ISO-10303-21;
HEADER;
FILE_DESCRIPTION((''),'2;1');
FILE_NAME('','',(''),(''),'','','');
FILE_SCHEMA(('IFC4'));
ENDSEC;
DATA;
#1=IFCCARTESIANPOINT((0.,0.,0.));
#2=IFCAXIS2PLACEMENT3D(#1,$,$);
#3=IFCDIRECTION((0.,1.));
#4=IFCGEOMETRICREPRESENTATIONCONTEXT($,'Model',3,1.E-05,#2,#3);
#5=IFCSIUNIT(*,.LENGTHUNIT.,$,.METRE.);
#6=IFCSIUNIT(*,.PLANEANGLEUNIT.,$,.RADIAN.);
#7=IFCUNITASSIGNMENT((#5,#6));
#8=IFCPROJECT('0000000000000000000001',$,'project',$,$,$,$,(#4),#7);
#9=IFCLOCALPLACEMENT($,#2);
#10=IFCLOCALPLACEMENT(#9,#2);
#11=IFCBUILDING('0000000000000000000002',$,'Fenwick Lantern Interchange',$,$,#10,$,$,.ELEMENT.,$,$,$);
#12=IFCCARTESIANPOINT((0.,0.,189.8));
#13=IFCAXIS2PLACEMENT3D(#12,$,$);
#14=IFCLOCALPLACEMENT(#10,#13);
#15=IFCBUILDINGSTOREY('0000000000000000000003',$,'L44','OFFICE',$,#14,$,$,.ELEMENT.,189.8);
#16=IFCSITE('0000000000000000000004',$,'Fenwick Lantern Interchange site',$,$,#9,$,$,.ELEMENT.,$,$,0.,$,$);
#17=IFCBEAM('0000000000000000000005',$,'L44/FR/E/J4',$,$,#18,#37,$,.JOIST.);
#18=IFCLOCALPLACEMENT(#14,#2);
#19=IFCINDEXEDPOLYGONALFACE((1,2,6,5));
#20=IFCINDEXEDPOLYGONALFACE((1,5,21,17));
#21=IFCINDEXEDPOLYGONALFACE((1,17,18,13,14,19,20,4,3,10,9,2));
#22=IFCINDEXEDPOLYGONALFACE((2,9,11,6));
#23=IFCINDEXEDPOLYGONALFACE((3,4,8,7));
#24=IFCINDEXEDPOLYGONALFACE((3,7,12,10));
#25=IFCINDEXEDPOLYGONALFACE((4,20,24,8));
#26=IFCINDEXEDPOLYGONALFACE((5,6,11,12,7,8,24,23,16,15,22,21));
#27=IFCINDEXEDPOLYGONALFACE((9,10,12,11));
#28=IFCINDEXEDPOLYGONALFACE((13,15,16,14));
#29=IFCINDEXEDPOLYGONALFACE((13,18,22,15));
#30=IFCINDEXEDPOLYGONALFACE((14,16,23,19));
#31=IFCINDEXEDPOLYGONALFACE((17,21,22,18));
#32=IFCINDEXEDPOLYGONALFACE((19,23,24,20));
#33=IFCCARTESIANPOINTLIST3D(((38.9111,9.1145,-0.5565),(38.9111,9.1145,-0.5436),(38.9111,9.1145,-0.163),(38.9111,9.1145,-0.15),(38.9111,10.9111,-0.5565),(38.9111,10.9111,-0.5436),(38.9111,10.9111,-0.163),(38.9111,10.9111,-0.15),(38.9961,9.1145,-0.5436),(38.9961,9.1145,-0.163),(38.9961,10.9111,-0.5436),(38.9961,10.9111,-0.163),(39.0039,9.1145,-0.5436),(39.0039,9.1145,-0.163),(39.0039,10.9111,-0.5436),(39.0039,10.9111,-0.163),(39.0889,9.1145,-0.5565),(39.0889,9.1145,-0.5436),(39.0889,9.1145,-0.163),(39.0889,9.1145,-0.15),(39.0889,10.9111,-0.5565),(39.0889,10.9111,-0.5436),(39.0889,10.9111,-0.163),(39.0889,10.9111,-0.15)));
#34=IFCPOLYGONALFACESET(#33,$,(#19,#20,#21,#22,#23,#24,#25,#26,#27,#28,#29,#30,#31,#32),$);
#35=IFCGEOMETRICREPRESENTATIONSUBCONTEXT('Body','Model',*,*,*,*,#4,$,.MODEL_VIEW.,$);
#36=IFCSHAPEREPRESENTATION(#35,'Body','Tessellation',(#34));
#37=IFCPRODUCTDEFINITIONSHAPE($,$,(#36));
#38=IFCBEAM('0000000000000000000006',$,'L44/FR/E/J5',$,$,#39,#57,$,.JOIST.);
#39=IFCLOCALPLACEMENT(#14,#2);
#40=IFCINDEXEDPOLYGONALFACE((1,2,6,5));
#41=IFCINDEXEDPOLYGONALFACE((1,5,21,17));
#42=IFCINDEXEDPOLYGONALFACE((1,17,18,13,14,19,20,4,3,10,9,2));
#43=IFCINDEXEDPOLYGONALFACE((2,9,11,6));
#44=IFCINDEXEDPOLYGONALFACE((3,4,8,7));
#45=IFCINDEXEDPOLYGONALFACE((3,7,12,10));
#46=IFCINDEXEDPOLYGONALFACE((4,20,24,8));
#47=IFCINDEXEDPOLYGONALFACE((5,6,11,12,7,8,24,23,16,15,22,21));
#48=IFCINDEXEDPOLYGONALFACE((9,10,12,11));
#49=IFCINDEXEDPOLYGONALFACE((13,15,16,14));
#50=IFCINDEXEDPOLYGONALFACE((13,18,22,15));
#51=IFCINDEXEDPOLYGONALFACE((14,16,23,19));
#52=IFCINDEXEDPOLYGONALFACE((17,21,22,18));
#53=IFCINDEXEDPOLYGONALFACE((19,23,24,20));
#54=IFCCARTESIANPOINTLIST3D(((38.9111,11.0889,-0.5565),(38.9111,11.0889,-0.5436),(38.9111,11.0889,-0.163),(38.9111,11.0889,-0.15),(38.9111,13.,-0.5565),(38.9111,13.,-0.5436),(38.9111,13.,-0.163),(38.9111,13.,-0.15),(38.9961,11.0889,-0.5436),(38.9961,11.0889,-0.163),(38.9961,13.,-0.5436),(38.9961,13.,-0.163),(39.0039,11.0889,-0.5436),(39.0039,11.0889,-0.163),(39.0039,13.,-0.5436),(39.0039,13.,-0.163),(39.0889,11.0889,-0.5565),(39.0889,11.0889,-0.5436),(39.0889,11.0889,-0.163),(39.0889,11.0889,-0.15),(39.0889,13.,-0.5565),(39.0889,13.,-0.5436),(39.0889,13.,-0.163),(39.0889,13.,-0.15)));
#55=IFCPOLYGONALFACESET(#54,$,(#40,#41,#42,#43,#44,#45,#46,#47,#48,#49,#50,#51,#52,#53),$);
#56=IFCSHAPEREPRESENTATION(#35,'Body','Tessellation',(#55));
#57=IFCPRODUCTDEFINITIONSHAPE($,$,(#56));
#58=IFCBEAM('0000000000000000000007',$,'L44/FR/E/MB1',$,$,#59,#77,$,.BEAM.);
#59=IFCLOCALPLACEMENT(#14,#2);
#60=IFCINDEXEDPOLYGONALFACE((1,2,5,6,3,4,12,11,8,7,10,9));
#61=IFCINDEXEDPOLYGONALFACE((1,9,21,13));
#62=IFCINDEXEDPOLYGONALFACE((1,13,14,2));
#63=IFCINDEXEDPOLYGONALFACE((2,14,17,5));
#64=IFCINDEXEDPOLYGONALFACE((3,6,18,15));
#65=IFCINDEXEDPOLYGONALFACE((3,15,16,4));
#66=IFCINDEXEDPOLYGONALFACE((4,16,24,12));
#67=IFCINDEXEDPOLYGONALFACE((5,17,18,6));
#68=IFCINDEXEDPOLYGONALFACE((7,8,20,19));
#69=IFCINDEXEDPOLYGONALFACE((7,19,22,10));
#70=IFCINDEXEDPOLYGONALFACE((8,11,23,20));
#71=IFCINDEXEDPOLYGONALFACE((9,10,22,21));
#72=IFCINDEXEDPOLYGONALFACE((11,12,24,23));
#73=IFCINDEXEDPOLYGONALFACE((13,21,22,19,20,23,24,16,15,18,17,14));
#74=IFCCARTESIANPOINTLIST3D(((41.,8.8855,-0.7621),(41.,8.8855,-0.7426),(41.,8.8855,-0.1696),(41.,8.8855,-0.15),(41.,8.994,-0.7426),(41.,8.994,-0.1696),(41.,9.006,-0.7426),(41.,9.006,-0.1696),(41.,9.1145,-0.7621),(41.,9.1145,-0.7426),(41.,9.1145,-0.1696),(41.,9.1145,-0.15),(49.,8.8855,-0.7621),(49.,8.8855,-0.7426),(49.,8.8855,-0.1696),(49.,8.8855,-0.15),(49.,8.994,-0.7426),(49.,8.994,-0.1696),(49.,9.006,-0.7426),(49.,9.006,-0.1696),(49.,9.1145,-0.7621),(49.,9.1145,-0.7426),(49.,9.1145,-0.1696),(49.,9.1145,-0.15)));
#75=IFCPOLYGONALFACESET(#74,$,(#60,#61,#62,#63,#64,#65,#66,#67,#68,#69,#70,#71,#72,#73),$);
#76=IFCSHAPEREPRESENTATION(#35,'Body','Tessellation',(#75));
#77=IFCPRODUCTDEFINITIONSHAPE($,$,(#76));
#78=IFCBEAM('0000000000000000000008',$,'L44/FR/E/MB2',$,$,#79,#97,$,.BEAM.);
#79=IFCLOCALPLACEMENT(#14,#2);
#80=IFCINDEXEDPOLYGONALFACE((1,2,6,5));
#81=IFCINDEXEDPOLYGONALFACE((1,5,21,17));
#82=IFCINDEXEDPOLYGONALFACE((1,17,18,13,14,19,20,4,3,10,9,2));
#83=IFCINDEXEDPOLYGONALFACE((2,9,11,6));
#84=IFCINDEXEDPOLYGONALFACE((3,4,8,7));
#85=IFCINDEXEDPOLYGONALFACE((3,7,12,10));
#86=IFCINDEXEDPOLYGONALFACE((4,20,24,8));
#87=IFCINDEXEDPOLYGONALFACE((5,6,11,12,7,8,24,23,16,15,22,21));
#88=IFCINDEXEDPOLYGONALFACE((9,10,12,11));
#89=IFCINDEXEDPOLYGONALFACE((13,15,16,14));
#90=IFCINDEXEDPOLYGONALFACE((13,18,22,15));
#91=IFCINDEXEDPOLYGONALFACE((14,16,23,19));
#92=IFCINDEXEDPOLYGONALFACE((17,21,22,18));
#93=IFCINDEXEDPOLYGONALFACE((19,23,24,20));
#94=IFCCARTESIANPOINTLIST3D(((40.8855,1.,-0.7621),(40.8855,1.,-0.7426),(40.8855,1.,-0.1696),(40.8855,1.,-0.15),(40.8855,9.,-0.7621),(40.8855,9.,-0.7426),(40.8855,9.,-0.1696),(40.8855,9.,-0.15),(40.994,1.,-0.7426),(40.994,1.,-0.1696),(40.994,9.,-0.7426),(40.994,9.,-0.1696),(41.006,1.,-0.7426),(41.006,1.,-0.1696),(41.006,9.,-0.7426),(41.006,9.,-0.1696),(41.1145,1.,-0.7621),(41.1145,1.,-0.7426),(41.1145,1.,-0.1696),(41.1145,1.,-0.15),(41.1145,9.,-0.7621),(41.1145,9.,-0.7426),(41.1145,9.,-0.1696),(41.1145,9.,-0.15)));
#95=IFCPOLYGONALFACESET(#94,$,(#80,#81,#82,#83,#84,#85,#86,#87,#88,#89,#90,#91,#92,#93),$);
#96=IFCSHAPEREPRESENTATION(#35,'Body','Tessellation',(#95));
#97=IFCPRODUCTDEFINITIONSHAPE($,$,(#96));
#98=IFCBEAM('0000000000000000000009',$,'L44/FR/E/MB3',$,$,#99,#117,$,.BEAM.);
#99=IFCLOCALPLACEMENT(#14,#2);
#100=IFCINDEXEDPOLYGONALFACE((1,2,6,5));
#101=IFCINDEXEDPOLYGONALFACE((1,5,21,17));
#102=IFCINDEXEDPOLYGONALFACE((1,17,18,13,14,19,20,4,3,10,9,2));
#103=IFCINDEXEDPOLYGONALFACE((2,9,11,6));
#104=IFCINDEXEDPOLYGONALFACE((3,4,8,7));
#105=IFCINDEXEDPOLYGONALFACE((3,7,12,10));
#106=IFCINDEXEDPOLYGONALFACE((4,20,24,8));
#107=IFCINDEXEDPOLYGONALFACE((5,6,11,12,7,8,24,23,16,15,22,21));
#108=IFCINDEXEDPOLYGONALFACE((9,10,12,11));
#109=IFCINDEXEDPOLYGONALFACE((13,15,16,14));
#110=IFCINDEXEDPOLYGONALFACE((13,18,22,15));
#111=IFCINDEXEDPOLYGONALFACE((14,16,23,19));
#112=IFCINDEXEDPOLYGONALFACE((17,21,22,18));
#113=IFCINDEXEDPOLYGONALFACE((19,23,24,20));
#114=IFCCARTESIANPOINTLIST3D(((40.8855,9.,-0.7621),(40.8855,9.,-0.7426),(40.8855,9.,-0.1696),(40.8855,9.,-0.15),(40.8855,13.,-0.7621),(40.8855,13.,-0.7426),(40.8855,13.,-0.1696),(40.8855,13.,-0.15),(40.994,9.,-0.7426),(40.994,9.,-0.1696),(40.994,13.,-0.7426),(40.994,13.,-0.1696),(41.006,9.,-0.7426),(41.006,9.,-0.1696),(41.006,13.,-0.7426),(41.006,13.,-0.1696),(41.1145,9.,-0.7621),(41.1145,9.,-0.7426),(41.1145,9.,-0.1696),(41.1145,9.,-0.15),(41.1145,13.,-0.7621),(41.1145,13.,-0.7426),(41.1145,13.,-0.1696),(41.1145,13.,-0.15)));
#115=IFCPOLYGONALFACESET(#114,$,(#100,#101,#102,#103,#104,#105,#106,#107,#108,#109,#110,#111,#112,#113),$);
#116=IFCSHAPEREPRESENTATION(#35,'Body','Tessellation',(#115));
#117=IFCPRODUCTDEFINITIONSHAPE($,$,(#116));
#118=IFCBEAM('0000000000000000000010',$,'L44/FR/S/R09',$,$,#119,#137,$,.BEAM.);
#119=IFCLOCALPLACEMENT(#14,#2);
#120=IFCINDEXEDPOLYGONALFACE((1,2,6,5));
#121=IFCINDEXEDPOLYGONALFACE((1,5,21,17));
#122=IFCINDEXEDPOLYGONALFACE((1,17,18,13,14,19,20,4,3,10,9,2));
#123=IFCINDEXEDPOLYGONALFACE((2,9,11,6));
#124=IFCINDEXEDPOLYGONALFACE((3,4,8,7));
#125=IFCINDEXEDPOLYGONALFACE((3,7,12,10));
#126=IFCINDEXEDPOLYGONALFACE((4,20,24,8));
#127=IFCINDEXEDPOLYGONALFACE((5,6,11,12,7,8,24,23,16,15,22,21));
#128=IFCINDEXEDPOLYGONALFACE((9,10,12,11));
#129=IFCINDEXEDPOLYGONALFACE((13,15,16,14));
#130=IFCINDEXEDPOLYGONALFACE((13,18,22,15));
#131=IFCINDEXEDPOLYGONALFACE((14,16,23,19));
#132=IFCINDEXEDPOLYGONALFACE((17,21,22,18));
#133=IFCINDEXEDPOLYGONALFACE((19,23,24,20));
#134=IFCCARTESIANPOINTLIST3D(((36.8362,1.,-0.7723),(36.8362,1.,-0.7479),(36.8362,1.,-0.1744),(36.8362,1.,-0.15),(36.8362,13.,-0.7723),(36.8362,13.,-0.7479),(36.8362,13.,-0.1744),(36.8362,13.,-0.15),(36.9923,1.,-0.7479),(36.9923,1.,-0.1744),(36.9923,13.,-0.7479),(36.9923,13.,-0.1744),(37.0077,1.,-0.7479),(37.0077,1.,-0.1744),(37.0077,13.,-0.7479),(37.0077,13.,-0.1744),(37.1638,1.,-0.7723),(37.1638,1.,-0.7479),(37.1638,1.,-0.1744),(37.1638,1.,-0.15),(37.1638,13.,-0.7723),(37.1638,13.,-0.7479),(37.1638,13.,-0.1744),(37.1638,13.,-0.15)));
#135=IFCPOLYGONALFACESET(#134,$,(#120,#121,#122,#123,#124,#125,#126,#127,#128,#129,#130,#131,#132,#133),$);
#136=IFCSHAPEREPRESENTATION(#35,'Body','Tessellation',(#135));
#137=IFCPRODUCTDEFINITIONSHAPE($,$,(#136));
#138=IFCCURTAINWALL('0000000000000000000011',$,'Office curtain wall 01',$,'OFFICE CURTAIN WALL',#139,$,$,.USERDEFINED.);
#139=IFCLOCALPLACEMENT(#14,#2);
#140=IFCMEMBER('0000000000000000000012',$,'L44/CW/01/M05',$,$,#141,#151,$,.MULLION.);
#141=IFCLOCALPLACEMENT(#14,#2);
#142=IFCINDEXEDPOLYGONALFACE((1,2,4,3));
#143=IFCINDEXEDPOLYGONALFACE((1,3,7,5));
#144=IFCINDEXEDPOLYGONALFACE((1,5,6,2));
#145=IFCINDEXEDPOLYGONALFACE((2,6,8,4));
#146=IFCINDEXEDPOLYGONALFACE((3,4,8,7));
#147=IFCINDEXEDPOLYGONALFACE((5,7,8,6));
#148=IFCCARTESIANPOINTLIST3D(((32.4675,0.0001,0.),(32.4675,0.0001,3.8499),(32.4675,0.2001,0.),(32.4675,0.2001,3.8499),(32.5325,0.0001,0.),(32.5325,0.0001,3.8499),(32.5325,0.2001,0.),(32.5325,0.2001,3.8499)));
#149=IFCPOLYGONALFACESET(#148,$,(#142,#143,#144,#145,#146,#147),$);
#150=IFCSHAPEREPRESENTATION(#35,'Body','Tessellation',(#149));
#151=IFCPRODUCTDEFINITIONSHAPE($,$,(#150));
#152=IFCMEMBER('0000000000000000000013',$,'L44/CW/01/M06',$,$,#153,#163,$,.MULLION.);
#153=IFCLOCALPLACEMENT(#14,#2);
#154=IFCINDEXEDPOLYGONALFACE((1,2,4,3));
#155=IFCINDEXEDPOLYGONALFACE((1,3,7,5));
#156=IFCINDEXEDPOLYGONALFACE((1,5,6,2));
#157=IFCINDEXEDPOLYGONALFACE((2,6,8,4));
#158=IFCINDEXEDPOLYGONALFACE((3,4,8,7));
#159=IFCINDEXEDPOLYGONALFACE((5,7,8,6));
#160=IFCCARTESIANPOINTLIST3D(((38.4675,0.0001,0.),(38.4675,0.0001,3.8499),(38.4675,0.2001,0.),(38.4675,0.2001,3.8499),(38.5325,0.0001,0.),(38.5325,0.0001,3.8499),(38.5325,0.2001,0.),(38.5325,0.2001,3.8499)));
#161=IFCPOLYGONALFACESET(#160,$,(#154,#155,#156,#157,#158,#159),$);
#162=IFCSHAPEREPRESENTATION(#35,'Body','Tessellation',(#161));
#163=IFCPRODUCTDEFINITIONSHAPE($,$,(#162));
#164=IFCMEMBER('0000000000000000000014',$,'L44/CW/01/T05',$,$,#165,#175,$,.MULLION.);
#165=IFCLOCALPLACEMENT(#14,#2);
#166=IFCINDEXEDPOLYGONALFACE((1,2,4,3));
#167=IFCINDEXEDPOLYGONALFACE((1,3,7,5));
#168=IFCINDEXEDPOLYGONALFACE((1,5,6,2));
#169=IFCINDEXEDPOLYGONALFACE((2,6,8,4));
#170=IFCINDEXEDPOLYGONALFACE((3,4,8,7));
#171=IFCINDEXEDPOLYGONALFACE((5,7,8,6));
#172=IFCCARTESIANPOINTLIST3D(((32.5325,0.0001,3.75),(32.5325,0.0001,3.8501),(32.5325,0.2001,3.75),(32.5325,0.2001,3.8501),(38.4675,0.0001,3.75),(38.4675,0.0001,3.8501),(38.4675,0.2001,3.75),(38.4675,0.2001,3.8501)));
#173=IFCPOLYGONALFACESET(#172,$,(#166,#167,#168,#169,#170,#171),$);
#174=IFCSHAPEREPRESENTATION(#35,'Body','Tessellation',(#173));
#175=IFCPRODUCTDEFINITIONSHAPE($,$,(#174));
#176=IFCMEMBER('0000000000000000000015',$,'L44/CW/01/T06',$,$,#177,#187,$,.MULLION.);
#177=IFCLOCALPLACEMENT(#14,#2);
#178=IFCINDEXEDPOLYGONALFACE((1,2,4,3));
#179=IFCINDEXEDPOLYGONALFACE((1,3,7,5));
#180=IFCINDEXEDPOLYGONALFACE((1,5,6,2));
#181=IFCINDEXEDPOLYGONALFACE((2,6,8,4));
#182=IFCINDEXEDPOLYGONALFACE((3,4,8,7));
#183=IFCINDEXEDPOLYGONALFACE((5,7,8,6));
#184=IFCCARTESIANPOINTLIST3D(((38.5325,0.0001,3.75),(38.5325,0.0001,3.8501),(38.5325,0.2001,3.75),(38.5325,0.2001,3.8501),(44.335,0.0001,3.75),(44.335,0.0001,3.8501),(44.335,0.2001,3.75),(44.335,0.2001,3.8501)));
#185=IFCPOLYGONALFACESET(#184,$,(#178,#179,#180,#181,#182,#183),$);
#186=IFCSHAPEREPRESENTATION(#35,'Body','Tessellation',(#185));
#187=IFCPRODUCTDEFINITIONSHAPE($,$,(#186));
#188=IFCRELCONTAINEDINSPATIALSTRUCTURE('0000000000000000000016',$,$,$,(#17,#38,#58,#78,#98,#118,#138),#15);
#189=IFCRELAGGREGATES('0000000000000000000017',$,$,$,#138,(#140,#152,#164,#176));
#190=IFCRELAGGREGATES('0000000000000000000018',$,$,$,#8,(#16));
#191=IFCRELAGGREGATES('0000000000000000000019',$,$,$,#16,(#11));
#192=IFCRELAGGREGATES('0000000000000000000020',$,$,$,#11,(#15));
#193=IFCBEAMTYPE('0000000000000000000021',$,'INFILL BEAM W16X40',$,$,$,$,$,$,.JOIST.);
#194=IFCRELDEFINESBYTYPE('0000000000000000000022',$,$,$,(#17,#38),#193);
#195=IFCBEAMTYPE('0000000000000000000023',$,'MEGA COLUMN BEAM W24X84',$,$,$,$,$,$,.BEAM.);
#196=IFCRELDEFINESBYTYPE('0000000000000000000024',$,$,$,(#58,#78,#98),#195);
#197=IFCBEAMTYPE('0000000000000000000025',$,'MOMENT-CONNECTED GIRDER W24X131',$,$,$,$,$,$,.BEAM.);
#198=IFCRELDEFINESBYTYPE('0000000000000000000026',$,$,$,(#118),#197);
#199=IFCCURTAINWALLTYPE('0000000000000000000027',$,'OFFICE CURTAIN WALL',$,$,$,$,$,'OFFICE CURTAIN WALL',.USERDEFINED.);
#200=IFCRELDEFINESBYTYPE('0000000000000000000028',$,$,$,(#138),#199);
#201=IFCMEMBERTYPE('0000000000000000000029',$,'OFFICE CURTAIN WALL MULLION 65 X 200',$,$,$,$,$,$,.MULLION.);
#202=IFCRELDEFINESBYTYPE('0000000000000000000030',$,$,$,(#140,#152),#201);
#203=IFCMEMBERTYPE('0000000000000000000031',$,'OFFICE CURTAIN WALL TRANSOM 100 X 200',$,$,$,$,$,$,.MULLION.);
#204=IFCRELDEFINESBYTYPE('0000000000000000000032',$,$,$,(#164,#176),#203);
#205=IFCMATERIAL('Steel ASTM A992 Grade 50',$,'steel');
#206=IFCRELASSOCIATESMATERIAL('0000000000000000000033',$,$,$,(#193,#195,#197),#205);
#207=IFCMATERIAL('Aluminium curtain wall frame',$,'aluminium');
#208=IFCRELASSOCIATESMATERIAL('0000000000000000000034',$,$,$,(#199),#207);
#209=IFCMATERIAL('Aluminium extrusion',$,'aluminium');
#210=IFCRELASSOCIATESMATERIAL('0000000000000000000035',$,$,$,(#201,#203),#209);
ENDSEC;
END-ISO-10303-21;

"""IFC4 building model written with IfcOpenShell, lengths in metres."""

from ifc_helpers import new_model, si_unit, direction, frame, origin, origin_2d, place, context, subcontext, project, spatial, rectangle, i_section, extrude, material, material_profile, profile_set, type_object, element, aggregate, save


model = new_model("IFC4")

# Units and contexts
model_context = context("Model", 3, precision=1e-05, world=origin(), true_north=direction((0.0, 1.0)))
body_context = subcontext(model_context, "Body", "Model", "MODEL_VIEW")
ifc_project = project(units=[si_unit("LENGTHUNIT", "METRE"), si_unit("PLANEANGLEUNIT", "RADIAN")], contexts=[model_context])

# Site, building, storey
site_placement = place(None, origin())
site = spatial("IfcSite", under=ifc_project, at=site_placement, Name="Fenwick Lantern Interchange site", CompositionType="ELEMENT", RefElevation=0.0)
building_placement = place(site_placement, origin())
building = spatial("IfcBuilding", under=site, at=building_placement, Name="Fenwick Lantern Interchange", CompositionType="ELEMENT")
storey_placement = place(building_placement, frame((0.0, 0.0, 189.8)))
storey = spatial("IfcBuildingStorey", under=building, at=storey_placement, Name="L44", Description="OFFICE", CompositionType="ELEMENT", Elevation=189.8)

# Beams
ifc_material_1 = material(Name="Steel ASTM A992 Grade 50", Category="steel")
ifc_material_profile_1 = material_profile(ifc_material_1, i_section(OverallWidth=0.1777, OverallDepth=0.4065, WebThickness=0.0078, FlangeThickness=0.0129, at=origin_2d()), Name="W16X40")
ifc_profile_set_1 = profile_set([ifc_material_profile_1], Name="Steel ASTM A992 Grade 50")
beam_type_1 = type_object("IfcBeamType", Name="INFILL BEAM W16X40", PredefinedType="JOIST", material=ifc_profile_set_1)
beam_1_placement = place(storey_placement, frame((39.0, 9.1145, -0.3533), z_axis=(0.0, 1.0, 0.0), x_axis=(-1.0, 0.0, 0.0)))
element("IfcBeam", 1, at=beam_1_placement, inside=storey, type_object=beam_type_1, Name="L44/FR/E/J4", PredefinedType="JOIST", context=body_context, shape_type="SweptSolid", body=[
    extrude(i_section(OverallWidth=0.1777, OverallDepth=0.4065, WebThickness=0.0078, FlangeThickness=0.0129, at=origin_2d()), origin(), (0.0, 0.0, 1.0), 1.7966),
])
beam_2_placement = place(storey_placement, frame((39.0, 11.0889, -0.3533), z_axis=(0.0, 1.0, 0.0), x_axis=(-1.0, 0.0, 0.0)))
element("IfcBeam", 2, at=beam_2_placement, inside=storey, type_object=beam_type_1, Name="L44/FR/E/J5", PredefinedType="JOIST", context=body_context, shape_type="SweptSolid", body=[
    extrude(i_section(OverallWidth=0.1777, OverallDepth=0.4065, WebThickness=0.0078, FlangeThickness=0.0129, at=origin_2d()), origin(), (0.0, 0.0, 1.0), 1.9111),
])
ifc_material_profile_2 = material_profile(ifc_material_1, i_section(OverallWidth=0.229, OverallDepth=0.6121, WebThickness=0.012, FlangeThickness=0.0195, at=origin_2d()), Name="W24X84")
ifc_profile_set_2 = profile_set([ifc_material_profile_2], Name="Steel ASTM A992 Grade 50")
beam_type_2 = type_object("IfcBeamType", Name="MEGA COLUMN BEAM W24X84", PredefinedType="BEAM", material=ifc_profile_set_2)
for number, where, z_axis, x_axis, name in (
    (3, (41.0, 9.0, -0.4561), (1.0, 0.0, 0.0), (0.0, 1.0, 0.0), "L44/FR/E/MB1"),
    (4, (41.0, 9.0, -0.4561), (0.0, -1.0, 0.0), (1.0, 0.0, 0.0), "L44/FR/E/MB2"),
):
    element("IfcBeam", number, at=place(storey_placement, frame(where, z_axis=z_axis, x_axis=x_axis)), inside=storey, type_object=beam_type_2, Name=name, PredefinedType="BEAM", context=body_context, shape_type="SweptSolid", body=[
        extrude(i_section(OverallWidth=0.229, OverallDepth=0.6121, WebThickness=0.012, FlangeThickness=0.0195, at=origin_2d()), origin(), (0.0, 0.0, 1.0), 8.0),
    ])
beam_3_placement = place(storey_placement, frame((41.0, 9.0, -0.4561), z_axis=(0.0, 1.0, 0.0), x_axis=(-1.0, 0.0, 0.0)))
element("IfcBeam", 5, at=beam_3_placement, inside=storey, type_object=beam_type_2, Name="L44/FR/E/MB3", PredefinedType="BEAM", context=body_context, shape_type="SweptSolid", body=[
    extrude(i_section(OverallWidth=0.229, OverallDepth=0.6121, WebThickness=0.012, FlangeThickness=0.0195, at=origin_2d()), origin(), (0.0, 0.0, 1.0), 4.0),
])
ifc_material_profile_3 = material_profile(ifc_material_1, i_section(OverallWidth=0.3276, OverallDepth=0.6223, WebThickness=0.0154, FlangeThickness=0.0244, at=origin_2d()), Name="W24X131")
ifc_profile_set_3 = profile_set([ifc_material_profile_3], Name="Steel ASTM A992 Grade 50")
beam_type_3 = type_object("IfcBeamType", Name="MOMENT-CONNECTED GIRDER W24X131", PredefinedType="BEAM", material=ifc_profile_set_3)
beam_4_placement = place(storey_placement, frame((37.0, 1.0, -0.4612), z_axis=(0.0, 1.0, 0.0), x_axis=(-1.0, 0.0, 0.0)))
element("IfcBeam", 6, at=beam_4_placement, inside=storey, type_object=beam_type_3, Name="L44/FR/S/R09", PredefinedType="BEAM", context=body_context, shape_type="SweptSolid", body=[
    extrude(i_section(OverallWidth=0.3276, OverallDepth=0.6223, WebThickness=0.0154, FlangeThickness=0.0244, at=origin_2d()), origin(), (0.0, 0.0, 1.0), 12.0),
])

# Curtain wall, members
ifc_material_2 = material(Name="Aluminium curtain wall frame", Category="aluminium")
curtain_wall_type = type_object("IfcCurtainWallType", Name="OFFICE CURTAIN WALL", ElementType="OFFICE CURTAIN WALL", PredefinedType="USERDEFINED", material=ifc_material_2)
curtain_wall_placement = place(storey_placement, origin())
curtain_wall = element("IfcCurtainWall", 7, at=curtain_wall_placement, inside=storey, type_object=curtain_wall_type, Name="Office curtain wall 01", ObjectType="OFFICE CURTAIN WALL", PredefinedType="USERDEFINED")
ifc_material_3 = material(Name="Aluminium extrusion", Category="aluminium")
ifc_material_profile_4 = material_profile(ifc_material_3, rectangle(XDim=0.2, YDim=0.0649, at=origin_2d()), Name="OFFICE CURTAIN WALL MULLION 65 X 200")
ifc_profile_set_4 = profile_set([ifc_material_profile_4], Name="Aluminium extrusion")
member_type_1 = type_object("IfcMemberType", Name="OFFICE CURTAIN WALL MULLION 65 X 200", PredefinedType="MULLION", material=ifc_profile_set_4)
member_1_placement = place(storey_placement, frame((32.5, 0.1001, 0.0), z_axis=(0.0, 0.0, 1.0), x_axis=(0.0, 1.0, 0.0)))
member_1 = element("IfcMember", 8, at=member_1_placement, type_object=member_type_1, Name="L44/CW/01/M05", PredefinedType="MULLION", context=body_context, shape_type="SweptSolid", body=[
    extrude(rectangle(XDim=0.2, YDim=0.0649, at=origin_2d()), origin(), (0.0, 0.0, 1.0), 3.8499),
])
member_2_placement = place(storey_placement, frame((38.5, 0.1001, 0.0), z_axis=(0.0, 0.0, 1.0), x_axis=(0.0, 1.0, 0.0)))
member_2 = element("IfcMember", 9, at=member_2_placement, type_object=member_type_1, Name="L44/CW/01/M06", PredefinedType="MULLION", context=body_context, shape_type="SweptSolid", body=[
    extrude(rectangle(XDim=0.2, YDim=0.0649, at=origin_2d()), origin(), (0.0, 0.0, 1.0), 3.8499),
])
ifc_material_profile_5 = material_profile(ifc_material_3, rectangle(XDim=0.2, YDim=0.1001, at=origin_2d()), Name="OFFICE CURTAIN WALL TRANSOM 100 X 200")
ifc_profile_set_5 = profile_set([ifc_material_profile_5], Name="Aluminium extrusion")
member_type_2 = type_object("IfcMemberType", Name="OFFICE CURTAIN WALL TRANSOM 100 X 200", PredefinedType="MULLION", material=ifc_profile_set_5)
member_3_placement = place(storey_placement, frame((32.5325, 0.1001, 3.8), z_axis=(1.0, 0.0, 0.0), x_axis=(0.0, 1.0, 0.0)))
member_3 = element("IfcMember", 10, at=member_3_placement, type_object=member_type_2, Name="L44/CW/01/T05", PredefinedType="MULLION", context=body_context, shape_type="SweptSolid", body=[
    extrude(rectangle(XDim=0.2, YDim=0.1001, at=origin_2d()), origin(), (0.0, 0.0, 1.0), 5.9351),
])
member_4_placement = place(storey_placement, frame((38.5325, 0.1001, 3.8), z_axis=(1.0, 0.0, 0.0), x_axis=(0.0, 1.0, 0.0)))
member_4 = element("IfcMember", 11, at=member_4_placement, type_object=member_type_2, Name="L44/CW/01/T06", PredefinedType="MULLION", context=body_context, shape_type="SweptSolid", body=[
    extrude(rectangle(XDim=0.2, YDim=0.1001, at=origin_2d()), origin(), (0.0, 0.0, 1.0), 5.8025),
])
aggregate(curtain_wall, [member_1, member_2, member_3, member_4])

save(model, "model.ifc")
